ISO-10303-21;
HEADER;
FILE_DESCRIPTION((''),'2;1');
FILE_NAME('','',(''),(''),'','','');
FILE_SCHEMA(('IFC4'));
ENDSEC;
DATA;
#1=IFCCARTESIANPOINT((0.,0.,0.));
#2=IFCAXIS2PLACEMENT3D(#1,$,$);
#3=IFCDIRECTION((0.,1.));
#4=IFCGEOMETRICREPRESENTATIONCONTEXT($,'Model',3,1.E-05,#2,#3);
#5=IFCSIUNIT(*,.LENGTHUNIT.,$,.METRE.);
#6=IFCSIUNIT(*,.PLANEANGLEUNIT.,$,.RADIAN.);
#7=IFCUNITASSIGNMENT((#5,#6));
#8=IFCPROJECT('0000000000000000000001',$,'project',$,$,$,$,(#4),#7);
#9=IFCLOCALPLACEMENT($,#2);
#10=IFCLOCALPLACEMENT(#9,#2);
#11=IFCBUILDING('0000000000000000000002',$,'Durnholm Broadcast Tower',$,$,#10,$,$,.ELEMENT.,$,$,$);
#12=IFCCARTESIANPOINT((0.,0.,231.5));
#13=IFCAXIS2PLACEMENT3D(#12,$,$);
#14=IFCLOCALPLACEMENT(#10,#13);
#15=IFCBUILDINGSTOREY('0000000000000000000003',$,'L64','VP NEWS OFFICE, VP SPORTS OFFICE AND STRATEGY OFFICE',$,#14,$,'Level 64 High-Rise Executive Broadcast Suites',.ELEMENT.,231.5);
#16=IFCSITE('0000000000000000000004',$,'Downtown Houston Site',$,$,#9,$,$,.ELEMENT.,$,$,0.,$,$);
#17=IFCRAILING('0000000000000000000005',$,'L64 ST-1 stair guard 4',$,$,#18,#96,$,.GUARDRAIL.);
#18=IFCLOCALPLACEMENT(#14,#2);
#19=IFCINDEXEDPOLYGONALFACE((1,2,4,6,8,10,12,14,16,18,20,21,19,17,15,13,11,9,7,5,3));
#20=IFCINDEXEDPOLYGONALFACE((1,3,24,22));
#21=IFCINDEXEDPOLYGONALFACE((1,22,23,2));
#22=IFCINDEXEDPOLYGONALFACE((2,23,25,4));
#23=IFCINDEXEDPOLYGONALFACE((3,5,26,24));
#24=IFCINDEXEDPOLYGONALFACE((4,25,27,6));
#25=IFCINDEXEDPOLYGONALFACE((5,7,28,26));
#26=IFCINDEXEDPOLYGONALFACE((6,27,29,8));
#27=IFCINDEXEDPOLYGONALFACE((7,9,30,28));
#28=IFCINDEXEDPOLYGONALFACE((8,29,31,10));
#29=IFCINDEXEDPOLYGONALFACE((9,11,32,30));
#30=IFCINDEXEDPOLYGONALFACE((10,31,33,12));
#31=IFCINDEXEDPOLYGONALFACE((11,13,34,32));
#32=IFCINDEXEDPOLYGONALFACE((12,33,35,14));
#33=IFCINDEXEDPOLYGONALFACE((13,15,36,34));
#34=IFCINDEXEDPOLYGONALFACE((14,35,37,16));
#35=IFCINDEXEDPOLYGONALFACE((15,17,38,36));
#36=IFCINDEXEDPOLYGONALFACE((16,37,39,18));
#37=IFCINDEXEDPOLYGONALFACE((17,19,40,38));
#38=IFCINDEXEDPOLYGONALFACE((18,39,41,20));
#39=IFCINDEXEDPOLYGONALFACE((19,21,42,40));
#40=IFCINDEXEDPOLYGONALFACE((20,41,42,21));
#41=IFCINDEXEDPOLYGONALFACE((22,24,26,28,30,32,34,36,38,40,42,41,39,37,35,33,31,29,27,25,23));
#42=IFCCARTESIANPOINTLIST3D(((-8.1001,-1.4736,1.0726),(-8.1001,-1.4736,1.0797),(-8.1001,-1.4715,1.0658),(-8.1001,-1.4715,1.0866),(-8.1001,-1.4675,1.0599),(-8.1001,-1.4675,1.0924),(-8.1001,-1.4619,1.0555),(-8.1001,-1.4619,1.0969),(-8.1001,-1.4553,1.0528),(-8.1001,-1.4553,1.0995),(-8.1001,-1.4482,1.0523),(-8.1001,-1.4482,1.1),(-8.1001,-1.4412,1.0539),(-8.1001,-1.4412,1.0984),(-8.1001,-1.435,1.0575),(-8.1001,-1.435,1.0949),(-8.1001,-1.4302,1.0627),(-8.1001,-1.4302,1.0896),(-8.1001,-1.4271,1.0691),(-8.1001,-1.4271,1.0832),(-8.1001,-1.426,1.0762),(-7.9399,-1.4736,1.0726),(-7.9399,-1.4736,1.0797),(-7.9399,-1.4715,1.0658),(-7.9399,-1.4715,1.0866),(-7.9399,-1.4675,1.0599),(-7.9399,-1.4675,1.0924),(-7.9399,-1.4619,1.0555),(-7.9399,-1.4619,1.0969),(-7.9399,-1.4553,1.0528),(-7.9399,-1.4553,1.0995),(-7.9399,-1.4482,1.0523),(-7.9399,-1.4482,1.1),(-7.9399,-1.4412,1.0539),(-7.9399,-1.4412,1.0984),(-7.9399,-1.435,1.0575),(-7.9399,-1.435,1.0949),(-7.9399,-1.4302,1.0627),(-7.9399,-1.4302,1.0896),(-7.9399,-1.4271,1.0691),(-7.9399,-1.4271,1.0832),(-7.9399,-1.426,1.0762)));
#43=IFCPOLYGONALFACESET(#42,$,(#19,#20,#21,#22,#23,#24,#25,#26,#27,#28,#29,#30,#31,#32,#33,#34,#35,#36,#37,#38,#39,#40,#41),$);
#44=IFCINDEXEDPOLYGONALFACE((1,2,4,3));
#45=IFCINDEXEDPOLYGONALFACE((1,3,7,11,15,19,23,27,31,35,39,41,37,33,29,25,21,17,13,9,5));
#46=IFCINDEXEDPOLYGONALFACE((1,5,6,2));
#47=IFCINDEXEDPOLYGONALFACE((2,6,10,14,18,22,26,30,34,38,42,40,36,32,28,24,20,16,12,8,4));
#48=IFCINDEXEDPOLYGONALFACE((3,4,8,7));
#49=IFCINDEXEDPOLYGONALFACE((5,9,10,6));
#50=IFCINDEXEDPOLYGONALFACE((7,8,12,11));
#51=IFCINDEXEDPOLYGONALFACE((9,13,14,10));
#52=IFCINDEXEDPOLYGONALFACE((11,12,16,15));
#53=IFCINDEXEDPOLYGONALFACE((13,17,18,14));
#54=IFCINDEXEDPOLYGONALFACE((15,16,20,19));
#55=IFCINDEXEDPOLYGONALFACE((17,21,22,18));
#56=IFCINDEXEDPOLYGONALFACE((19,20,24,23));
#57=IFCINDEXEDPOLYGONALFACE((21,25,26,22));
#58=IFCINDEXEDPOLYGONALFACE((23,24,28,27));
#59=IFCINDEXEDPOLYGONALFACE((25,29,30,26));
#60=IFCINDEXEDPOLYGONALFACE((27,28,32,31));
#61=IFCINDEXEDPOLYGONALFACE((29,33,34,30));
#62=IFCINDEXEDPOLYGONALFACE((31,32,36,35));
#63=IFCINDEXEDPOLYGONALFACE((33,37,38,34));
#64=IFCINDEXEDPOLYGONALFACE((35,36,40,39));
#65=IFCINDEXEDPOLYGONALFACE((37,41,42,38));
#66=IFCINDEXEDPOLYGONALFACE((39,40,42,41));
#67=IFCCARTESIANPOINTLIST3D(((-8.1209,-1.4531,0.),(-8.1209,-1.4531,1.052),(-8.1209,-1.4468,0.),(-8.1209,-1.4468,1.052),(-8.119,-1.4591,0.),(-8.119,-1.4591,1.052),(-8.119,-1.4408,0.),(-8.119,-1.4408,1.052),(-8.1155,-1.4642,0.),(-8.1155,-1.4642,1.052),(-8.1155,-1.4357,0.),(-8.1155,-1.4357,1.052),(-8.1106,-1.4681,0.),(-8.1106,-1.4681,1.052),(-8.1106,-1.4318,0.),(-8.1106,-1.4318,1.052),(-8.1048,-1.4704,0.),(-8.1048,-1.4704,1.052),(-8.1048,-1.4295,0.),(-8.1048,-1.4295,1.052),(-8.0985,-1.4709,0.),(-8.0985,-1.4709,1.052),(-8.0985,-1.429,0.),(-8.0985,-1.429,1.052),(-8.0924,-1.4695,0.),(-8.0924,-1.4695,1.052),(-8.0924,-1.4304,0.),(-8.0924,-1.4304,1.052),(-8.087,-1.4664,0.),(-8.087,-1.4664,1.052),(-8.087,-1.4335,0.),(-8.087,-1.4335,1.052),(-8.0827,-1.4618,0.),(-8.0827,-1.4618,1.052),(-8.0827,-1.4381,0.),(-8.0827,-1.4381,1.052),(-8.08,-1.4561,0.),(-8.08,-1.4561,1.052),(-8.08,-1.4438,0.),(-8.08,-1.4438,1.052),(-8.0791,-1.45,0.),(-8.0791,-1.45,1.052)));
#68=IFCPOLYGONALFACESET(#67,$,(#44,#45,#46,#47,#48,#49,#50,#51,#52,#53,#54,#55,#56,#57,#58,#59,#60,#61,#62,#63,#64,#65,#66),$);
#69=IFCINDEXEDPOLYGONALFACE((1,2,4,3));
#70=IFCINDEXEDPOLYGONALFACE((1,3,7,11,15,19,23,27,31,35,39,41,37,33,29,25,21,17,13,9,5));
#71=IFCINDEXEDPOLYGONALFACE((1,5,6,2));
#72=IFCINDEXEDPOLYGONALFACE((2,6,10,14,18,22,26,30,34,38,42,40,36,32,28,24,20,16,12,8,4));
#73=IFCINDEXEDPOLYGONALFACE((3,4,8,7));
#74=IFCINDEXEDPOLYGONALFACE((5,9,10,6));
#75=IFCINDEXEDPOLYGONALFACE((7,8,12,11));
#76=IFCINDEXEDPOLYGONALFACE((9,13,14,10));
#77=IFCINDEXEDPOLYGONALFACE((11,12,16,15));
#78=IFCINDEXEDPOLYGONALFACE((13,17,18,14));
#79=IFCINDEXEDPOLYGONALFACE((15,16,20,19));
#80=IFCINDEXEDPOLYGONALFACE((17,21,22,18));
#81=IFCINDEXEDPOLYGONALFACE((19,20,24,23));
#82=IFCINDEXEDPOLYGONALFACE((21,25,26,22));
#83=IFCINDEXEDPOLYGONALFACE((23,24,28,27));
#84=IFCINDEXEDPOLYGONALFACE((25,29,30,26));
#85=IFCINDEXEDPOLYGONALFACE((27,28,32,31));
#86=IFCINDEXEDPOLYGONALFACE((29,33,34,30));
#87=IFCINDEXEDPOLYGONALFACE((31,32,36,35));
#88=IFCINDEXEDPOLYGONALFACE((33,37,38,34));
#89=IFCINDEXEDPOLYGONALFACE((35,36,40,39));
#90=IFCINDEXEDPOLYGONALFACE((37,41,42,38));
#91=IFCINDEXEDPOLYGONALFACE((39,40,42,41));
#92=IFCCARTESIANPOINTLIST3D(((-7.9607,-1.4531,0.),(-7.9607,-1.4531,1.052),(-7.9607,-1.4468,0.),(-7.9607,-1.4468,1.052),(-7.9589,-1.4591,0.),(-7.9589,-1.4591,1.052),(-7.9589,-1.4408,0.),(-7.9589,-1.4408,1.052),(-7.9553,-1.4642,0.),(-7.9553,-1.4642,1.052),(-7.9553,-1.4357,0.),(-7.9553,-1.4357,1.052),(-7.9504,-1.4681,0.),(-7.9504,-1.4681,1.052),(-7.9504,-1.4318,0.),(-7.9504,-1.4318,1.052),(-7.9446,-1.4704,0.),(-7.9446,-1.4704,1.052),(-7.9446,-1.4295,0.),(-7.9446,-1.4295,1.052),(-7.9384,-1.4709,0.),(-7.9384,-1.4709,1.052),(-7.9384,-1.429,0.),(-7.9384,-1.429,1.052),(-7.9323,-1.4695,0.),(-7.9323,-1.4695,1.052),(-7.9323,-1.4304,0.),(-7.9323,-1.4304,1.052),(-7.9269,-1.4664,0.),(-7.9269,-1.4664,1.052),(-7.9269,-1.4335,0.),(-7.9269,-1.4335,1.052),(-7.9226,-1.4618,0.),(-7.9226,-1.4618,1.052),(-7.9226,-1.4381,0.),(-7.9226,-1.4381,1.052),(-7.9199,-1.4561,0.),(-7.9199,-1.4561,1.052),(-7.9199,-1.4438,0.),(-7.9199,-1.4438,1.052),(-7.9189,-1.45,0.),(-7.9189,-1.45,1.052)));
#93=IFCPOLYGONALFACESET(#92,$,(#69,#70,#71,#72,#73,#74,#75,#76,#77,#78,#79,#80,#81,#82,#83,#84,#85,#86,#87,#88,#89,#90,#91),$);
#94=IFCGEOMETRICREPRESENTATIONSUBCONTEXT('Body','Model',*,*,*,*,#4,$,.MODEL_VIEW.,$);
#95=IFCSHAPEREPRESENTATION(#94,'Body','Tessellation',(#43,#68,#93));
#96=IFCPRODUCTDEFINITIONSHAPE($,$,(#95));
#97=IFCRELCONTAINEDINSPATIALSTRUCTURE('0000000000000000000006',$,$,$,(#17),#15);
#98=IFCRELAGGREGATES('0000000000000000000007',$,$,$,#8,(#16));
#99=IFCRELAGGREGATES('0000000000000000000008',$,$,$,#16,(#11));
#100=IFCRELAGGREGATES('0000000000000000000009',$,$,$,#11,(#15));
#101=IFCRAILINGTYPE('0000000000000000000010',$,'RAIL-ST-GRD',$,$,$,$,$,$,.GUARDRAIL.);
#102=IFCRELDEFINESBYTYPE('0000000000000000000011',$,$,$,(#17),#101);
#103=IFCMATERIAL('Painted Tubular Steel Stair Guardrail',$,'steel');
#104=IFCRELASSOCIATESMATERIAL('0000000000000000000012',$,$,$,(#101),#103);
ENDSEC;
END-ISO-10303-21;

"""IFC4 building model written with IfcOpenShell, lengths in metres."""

from ifc_helpers import new_model, si_unit, direction, frame, origin, origin_2d, place, context, subcontext, project, spatial, circle, extrude, material, type_object, element, save


model = new_model("IFC4")

# Units and contexts
model_context = context("Model", 3, precision=1e-05, world=origin(), true_north=direction((0.0, 1.0)))
body_context = subcontext(model_context, "Body", "Model", "MODEL_VIEW")
ifc_project = project(units=[si_unit("LENGTHUNIT", "METRE"), si_unit("PLANEANGLEUNIT", "RADIAN")], contexts=[model_context])

# Site, building, storey
site_placement = place(None, origin())
site = spatial("IfcSite", under=ifc_project, at=site_placement, Name="Downtown Houston Site", CompositionType="ELEMENT", RefElevation=0.0)
building_placement = place(site_placement, origin())
building = spatial("IfcBuilding", under=site, at=building_placement, Name="Durnholm Broadcast Tower", CompositionType="ELEMENT")
storey_placement = place(building_placement, frame((0.0, 0.0, 231.5)))
storey = spatial("IfcBuildingStorey", under=building, at=storey_placement, Name="L64", Description="VP NEWS OFFICE, VP SPORTS OFFICE AND STRATEGY OFFICE", LongName="Level 64 High-Rise Executive Broadcast Suites", CompositionType="ELEMENT", Elevation=231.5)

# Railing
ifc_material_1 = material(Name="Painted Tubular Steel Stair Guardrail", Category="steel")
railing_type_1 = type_object("IfcRailingType", Name="RAIL-ST-GRD", PredefinedType="GUARDRAIL", material=ifc_material_1)
railing_1_placement = place(storey_placement, frame((-8.1001, -1.45, 0.0)))
element("IfcRailing", 1, at=railing_1_placement, inside=storey, type_object=railing_type_1, Name="L64 ST-1 stair guard 4", PredefinedType="GUARDRAIL", context=body_context, shape_type="SweptSolid", body=[
    extrude(circle(Radius=0.0239, at=origin_2d()), frame((0.0, 0.0, 1.0762), z_axis=(1.0, 0.0, 0.0), x_axis=(0.0, 1.0, 0.0)), (0.0, 0.0, 1.0), 0.1602),
    extrude(circle(Radius=0.021, at=origin_2d()), origin(), (0.0, 0.0, 1.0), 1.052),
    extrude(circle(Radius=0.021, at=origin_2d()), frame((0.1602, 0.0, 0.0)), (0.0, 0.0, 1.0), 1.052),
])

save(model, "model.ifc")
